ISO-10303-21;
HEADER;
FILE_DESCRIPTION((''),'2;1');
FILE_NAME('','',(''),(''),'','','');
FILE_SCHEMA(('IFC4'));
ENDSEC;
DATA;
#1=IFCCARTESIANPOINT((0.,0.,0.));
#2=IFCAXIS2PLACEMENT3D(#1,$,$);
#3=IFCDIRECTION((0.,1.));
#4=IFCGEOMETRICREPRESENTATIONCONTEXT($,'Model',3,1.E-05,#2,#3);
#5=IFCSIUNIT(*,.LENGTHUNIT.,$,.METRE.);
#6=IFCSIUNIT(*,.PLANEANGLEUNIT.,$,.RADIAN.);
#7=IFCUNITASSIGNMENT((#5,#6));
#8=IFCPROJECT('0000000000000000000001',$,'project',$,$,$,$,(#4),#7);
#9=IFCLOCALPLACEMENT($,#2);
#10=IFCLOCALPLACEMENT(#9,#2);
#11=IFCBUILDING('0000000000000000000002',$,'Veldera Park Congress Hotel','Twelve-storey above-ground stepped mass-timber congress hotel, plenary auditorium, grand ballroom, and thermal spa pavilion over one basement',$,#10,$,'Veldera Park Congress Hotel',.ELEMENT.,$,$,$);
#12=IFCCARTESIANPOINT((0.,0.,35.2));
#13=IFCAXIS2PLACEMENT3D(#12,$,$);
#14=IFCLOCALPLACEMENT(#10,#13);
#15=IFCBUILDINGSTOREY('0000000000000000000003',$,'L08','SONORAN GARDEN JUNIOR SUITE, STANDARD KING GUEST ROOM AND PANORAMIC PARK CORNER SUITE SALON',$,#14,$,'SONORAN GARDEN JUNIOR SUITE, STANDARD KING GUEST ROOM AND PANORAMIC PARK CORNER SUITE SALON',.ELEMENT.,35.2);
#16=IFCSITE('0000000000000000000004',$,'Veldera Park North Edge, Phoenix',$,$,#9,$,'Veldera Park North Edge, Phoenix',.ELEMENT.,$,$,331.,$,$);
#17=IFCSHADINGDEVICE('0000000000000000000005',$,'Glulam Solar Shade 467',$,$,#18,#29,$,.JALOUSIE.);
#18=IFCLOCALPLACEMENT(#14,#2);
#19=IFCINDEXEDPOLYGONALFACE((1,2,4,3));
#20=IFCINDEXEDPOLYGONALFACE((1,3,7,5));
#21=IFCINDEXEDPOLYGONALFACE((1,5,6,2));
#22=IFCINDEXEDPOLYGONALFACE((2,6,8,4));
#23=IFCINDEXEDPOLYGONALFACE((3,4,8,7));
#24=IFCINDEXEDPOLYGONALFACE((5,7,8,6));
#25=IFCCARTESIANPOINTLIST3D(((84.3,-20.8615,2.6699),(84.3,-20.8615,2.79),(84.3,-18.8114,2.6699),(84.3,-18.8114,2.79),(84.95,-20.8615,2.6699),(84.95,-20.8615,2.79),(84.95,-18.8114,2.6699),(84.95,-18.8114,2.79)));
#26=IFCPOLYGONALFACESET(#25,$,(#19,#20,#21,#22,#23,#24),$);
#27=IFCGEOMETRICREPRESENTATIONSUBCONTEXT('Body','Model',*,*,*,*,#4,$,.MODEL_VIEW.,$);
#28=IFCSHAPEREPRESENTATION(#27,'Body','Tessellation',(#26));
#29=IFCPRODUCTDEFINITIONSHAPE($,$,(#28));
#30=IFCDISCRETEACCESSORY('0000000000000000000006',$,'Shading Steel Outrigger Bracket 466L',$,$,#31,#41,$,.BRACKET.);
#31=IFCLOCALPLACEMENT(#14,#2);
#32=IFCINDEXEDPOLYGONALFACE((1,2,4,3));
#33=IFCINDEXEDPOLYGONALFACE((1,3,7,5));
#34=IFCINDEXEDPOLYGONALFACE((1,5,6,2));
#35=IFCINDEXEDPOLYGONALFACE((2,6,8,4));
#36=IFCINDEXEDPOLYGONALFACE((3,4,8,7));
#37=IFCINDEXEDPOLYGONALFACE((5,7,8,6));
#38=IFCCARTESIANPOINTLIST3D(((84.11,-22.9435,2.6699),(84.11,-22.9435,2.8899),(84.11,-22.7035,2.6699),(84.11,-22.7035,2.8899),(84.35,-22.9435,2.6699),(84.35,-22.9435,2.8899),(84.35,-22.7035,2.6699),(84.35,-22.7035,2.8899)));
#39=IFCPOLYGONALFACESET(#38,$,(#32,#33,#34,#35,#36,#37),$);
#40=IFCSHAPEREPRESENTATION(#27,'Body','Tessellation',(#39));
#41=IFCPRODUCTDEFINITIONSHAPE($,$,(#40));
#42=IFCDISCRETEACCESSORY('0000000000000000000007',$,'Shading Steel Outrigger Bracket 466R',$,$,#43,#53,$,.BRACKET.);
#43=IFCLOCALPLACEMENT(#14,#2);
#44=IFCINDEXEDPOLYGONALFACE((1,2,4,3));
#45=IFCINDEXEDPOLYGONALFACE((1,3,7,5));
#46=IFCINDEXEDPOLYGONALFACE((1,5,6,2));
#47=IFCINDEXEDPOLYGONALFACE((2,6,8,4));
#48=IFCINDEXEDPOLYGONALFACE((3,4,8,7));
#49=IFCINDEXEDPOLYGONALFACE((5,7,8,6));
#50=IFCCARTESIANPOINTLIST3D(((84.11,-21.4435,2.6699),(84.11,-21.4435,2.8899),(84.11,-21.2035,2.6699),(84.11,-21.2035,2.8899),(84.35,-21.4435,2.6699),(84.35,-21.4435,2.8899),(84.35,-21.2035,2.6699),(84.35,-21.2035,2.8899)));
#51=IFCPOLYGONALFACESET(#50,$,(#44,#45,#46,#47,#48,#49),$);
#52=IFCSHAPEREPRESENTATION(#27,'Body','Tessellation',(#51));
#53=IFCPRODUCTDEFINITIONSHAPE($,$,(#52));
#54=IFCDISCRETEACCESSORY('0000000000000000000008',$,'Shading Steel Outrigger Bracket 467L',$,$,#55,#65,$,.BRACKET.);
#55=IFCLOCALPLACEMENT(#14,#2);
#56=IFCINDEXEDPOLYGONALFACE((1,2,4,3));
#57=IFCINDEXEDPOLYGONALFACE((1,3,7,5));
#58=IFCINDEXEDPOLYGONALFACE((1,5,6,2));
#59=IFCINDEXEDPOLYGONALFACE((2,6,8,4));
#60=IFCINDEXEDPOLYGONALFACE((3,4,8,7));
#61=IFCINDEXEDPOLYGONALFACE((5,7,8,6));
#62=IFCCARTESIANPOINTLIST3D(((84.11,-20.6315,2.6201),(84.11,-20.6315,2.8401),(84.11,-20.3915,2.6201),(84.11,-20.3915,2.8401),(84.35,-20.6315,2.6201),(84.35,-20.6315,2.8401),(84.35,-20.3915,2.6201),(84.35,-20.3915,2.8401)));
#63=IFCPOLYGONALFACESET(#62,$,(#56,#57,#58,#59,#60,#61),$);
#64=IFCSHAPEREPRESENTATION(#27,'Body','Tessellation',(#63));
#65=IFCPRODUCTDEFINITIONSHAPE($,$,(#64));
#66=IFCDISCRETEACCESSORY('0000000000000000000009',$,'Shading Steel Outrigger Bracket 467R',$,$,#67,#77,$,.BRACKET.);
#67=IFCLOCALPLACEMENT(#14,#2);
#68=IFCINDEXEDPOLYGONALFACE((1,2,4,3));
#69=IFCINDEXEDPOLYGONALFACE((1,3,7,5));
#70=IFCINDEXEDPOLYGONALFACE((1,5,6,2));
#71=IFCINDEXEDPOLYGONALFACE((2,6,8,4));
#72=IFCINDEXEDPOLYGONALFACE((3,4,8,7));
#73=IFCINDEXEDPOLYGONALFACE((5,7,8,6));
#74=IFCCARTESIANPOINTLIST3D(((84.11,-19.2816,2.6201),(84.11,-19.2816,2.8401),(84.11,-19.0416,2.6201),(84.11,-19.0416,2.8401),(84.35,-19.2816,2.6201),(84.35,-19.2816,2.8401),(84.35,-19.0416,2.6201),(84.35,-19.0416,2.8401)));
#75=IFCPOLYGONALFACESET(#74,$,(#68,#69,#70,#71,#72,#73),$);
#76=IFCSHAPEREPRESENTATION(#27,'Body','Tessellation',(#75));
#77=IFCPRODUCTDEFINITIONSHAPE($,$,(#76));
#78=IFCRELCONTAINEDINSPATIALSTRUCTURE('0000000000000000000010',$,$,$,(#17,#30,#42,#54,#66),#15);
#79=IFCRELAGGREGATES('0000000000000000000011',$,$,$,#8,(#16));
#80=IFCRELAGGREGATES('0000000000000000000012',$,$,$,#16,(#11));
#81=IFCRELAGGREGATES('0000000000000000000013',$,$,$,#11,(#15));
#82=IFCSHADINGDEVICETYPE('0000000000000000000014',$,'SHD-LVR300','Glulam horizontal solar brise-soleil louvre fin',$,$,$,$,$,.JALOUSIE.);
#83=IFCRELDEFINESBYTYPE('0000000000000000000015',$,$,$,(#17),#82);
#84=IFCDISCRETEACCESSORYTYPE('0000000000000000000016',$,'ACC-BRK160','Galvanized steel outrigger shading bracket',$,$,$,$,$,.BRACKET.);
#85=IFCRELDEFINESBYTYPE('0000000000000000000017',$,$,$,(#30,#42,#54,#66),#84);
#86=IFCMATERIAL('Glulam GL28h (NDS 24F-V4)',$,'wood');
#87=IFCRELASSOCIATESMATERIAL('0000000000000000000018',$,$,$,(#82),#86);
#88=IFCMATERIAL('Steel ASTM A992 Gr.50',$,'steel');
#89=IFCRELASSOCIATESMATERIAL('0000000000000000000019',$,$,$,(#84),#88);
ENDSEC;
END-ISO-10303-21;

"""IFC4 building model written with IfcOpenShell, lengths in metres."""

from ifc_helpers import new_model, si_unit, direction, frame, origin, origin_2d, place, context, subcontext, project, spatial, rectangle, extrude, material, type_object, element, save


model = new_model("IFC4")

# Units and contexts
model_context = context("Model", 3, precision=1e-05, world=origin(), true_north=direction((0.0, 1.0)))
body_context = subcontext(model_context, "Body", "Model", "MODEL_VIEW")
ifc_project = project(units=[si_unit("LENGTHUNIT", "METRE"), si_unit("PLANEANGLEUNIT", "RADIAN")], contexts=[model_context])

# Site, building, storey
site_placement = place(None, origin())
site = spatial("IfcSite", under=ifc_project, at=site_placement, Name="Veldera Park North Edge, Phoenix", LongName="Veldera Park North Edge, Phoenix", CompositionType="ELEMENT", RefElevation=331.0)
building_placement = place(site_placement, origin())
building = spatial("IfcBuilding", under=site, at=building_placement, Name="Veldera Park Congress Hotel", Description="Twelve-storey above-ground stepped mass-timber congress hotel, plenary auditorium, grand ballroom, and thermal spa pavilion over one basement", LongName="Veldera Park Congress Hotel", CompositionType="ELEMENT")
storey_placement = place(building_placement, frame((0.0, 0.0, 35.2)))
storey = spatial("IfcBuildingStorey", under=building, at=storey_placement, Name="L08", Description="SONORAN GARDEN JUNIOR SUITE, STANDARD KING GUEST ROOM AND PANORAMIC PARK CORNER SUITE SALON", LongName="SONORAN GARDEN JUNIOR SUITE, STANDARD KING GUEST ROOM AND PANORAMIC PARK CORNER SUITE SALON", CompositionType="ELEMENT", Elevation=35.2)

# Shared definitions
ifc_material_1 = material(Name="Glulam GL28h (NDS 24F-V4)", Category="wood")

# Shading device
shading_device_type = type_object("IfcShadingDeviceType", Name="SHD-LVR300", Description="Glulam horizontal solar brise-soleil louvre fin", PredefinedType="JALOUSIE", material=ifc_material_1)
shading_device_1_placement = place(storey_placement, frame((84.625, -19.8364, 2.6699), z_axis=(0.0, 0.0, 1.0), x_axis=(0.0, 1.0, 0.0)))
element("IfcShadingDevice", 1, at=shading_device_1_placement, inside=storey, type_object=shading_device_type, Name="Glulam Solar Shade 467", PredefinedType="JALOUSIE", context=body_context, shape_type="SweptSolid", body=[
    extrude(rectangle(XDim=2.05, YDim=0.6499, at=origin_2d()), origin(), (0.0, 0.0, 1.0), 0.1201),
])

# Discrete accessories
ifc_material_2 = material(Name="Steel ASTM A992 Gr.50", Category="steel")
discrete_accessory_type = type_object("IfcDiscreteAccessoryType", Name="ACC-BRK160", Description="Galvanized steel outrigger shading bracket", PredefinedType="BRACKET", material=ifc_material_2)
for number, where, z_axis, x_axis, name in (
    (2, (84.23, -22.8235, 2.6699), (0.0, 0.0, 1.0), (0.0, 1.0, 0.0), "Shading Steel Outrigger Bracket 466L"),
    (3, (84.23, -21.3235, 2.6699), (0.0, 0.0, 1.0), (0.0, 1.0, 0.0), "Shading Steel Outrigger Bracket 466R"),
    (4, (84.23, -20.5115, 2.6201), (0.0, 0.0, 1.0), (0.0, 1.0, 0.0), "Shading Steel Outrigger Bracket 467L"),
    (5, (84.23, -19.1616, 2.6201), (0.0, 0.0, 1.0), (0.0, 1.0, 0.0), "Shading Steel Outrigger Bracket 467R"),
):
    element("IfcDiscreteAccessory", number, at=place(storey_placement, frame(where, z_axis=z_axis, x_axis=x_axis)), inside=storey, type_object=discrete_accessory_type, Name=name, PredefinedType="BRACKET", context=body_context, shape_type="SweptSolid", body=[
        extrude(rectangle(XDim=0.24, YDim=0.24, at=origin_2d()), origin(), (0.0, 0.0, 1.0), 0.22),
    ])

save(model, "model.ifc")
